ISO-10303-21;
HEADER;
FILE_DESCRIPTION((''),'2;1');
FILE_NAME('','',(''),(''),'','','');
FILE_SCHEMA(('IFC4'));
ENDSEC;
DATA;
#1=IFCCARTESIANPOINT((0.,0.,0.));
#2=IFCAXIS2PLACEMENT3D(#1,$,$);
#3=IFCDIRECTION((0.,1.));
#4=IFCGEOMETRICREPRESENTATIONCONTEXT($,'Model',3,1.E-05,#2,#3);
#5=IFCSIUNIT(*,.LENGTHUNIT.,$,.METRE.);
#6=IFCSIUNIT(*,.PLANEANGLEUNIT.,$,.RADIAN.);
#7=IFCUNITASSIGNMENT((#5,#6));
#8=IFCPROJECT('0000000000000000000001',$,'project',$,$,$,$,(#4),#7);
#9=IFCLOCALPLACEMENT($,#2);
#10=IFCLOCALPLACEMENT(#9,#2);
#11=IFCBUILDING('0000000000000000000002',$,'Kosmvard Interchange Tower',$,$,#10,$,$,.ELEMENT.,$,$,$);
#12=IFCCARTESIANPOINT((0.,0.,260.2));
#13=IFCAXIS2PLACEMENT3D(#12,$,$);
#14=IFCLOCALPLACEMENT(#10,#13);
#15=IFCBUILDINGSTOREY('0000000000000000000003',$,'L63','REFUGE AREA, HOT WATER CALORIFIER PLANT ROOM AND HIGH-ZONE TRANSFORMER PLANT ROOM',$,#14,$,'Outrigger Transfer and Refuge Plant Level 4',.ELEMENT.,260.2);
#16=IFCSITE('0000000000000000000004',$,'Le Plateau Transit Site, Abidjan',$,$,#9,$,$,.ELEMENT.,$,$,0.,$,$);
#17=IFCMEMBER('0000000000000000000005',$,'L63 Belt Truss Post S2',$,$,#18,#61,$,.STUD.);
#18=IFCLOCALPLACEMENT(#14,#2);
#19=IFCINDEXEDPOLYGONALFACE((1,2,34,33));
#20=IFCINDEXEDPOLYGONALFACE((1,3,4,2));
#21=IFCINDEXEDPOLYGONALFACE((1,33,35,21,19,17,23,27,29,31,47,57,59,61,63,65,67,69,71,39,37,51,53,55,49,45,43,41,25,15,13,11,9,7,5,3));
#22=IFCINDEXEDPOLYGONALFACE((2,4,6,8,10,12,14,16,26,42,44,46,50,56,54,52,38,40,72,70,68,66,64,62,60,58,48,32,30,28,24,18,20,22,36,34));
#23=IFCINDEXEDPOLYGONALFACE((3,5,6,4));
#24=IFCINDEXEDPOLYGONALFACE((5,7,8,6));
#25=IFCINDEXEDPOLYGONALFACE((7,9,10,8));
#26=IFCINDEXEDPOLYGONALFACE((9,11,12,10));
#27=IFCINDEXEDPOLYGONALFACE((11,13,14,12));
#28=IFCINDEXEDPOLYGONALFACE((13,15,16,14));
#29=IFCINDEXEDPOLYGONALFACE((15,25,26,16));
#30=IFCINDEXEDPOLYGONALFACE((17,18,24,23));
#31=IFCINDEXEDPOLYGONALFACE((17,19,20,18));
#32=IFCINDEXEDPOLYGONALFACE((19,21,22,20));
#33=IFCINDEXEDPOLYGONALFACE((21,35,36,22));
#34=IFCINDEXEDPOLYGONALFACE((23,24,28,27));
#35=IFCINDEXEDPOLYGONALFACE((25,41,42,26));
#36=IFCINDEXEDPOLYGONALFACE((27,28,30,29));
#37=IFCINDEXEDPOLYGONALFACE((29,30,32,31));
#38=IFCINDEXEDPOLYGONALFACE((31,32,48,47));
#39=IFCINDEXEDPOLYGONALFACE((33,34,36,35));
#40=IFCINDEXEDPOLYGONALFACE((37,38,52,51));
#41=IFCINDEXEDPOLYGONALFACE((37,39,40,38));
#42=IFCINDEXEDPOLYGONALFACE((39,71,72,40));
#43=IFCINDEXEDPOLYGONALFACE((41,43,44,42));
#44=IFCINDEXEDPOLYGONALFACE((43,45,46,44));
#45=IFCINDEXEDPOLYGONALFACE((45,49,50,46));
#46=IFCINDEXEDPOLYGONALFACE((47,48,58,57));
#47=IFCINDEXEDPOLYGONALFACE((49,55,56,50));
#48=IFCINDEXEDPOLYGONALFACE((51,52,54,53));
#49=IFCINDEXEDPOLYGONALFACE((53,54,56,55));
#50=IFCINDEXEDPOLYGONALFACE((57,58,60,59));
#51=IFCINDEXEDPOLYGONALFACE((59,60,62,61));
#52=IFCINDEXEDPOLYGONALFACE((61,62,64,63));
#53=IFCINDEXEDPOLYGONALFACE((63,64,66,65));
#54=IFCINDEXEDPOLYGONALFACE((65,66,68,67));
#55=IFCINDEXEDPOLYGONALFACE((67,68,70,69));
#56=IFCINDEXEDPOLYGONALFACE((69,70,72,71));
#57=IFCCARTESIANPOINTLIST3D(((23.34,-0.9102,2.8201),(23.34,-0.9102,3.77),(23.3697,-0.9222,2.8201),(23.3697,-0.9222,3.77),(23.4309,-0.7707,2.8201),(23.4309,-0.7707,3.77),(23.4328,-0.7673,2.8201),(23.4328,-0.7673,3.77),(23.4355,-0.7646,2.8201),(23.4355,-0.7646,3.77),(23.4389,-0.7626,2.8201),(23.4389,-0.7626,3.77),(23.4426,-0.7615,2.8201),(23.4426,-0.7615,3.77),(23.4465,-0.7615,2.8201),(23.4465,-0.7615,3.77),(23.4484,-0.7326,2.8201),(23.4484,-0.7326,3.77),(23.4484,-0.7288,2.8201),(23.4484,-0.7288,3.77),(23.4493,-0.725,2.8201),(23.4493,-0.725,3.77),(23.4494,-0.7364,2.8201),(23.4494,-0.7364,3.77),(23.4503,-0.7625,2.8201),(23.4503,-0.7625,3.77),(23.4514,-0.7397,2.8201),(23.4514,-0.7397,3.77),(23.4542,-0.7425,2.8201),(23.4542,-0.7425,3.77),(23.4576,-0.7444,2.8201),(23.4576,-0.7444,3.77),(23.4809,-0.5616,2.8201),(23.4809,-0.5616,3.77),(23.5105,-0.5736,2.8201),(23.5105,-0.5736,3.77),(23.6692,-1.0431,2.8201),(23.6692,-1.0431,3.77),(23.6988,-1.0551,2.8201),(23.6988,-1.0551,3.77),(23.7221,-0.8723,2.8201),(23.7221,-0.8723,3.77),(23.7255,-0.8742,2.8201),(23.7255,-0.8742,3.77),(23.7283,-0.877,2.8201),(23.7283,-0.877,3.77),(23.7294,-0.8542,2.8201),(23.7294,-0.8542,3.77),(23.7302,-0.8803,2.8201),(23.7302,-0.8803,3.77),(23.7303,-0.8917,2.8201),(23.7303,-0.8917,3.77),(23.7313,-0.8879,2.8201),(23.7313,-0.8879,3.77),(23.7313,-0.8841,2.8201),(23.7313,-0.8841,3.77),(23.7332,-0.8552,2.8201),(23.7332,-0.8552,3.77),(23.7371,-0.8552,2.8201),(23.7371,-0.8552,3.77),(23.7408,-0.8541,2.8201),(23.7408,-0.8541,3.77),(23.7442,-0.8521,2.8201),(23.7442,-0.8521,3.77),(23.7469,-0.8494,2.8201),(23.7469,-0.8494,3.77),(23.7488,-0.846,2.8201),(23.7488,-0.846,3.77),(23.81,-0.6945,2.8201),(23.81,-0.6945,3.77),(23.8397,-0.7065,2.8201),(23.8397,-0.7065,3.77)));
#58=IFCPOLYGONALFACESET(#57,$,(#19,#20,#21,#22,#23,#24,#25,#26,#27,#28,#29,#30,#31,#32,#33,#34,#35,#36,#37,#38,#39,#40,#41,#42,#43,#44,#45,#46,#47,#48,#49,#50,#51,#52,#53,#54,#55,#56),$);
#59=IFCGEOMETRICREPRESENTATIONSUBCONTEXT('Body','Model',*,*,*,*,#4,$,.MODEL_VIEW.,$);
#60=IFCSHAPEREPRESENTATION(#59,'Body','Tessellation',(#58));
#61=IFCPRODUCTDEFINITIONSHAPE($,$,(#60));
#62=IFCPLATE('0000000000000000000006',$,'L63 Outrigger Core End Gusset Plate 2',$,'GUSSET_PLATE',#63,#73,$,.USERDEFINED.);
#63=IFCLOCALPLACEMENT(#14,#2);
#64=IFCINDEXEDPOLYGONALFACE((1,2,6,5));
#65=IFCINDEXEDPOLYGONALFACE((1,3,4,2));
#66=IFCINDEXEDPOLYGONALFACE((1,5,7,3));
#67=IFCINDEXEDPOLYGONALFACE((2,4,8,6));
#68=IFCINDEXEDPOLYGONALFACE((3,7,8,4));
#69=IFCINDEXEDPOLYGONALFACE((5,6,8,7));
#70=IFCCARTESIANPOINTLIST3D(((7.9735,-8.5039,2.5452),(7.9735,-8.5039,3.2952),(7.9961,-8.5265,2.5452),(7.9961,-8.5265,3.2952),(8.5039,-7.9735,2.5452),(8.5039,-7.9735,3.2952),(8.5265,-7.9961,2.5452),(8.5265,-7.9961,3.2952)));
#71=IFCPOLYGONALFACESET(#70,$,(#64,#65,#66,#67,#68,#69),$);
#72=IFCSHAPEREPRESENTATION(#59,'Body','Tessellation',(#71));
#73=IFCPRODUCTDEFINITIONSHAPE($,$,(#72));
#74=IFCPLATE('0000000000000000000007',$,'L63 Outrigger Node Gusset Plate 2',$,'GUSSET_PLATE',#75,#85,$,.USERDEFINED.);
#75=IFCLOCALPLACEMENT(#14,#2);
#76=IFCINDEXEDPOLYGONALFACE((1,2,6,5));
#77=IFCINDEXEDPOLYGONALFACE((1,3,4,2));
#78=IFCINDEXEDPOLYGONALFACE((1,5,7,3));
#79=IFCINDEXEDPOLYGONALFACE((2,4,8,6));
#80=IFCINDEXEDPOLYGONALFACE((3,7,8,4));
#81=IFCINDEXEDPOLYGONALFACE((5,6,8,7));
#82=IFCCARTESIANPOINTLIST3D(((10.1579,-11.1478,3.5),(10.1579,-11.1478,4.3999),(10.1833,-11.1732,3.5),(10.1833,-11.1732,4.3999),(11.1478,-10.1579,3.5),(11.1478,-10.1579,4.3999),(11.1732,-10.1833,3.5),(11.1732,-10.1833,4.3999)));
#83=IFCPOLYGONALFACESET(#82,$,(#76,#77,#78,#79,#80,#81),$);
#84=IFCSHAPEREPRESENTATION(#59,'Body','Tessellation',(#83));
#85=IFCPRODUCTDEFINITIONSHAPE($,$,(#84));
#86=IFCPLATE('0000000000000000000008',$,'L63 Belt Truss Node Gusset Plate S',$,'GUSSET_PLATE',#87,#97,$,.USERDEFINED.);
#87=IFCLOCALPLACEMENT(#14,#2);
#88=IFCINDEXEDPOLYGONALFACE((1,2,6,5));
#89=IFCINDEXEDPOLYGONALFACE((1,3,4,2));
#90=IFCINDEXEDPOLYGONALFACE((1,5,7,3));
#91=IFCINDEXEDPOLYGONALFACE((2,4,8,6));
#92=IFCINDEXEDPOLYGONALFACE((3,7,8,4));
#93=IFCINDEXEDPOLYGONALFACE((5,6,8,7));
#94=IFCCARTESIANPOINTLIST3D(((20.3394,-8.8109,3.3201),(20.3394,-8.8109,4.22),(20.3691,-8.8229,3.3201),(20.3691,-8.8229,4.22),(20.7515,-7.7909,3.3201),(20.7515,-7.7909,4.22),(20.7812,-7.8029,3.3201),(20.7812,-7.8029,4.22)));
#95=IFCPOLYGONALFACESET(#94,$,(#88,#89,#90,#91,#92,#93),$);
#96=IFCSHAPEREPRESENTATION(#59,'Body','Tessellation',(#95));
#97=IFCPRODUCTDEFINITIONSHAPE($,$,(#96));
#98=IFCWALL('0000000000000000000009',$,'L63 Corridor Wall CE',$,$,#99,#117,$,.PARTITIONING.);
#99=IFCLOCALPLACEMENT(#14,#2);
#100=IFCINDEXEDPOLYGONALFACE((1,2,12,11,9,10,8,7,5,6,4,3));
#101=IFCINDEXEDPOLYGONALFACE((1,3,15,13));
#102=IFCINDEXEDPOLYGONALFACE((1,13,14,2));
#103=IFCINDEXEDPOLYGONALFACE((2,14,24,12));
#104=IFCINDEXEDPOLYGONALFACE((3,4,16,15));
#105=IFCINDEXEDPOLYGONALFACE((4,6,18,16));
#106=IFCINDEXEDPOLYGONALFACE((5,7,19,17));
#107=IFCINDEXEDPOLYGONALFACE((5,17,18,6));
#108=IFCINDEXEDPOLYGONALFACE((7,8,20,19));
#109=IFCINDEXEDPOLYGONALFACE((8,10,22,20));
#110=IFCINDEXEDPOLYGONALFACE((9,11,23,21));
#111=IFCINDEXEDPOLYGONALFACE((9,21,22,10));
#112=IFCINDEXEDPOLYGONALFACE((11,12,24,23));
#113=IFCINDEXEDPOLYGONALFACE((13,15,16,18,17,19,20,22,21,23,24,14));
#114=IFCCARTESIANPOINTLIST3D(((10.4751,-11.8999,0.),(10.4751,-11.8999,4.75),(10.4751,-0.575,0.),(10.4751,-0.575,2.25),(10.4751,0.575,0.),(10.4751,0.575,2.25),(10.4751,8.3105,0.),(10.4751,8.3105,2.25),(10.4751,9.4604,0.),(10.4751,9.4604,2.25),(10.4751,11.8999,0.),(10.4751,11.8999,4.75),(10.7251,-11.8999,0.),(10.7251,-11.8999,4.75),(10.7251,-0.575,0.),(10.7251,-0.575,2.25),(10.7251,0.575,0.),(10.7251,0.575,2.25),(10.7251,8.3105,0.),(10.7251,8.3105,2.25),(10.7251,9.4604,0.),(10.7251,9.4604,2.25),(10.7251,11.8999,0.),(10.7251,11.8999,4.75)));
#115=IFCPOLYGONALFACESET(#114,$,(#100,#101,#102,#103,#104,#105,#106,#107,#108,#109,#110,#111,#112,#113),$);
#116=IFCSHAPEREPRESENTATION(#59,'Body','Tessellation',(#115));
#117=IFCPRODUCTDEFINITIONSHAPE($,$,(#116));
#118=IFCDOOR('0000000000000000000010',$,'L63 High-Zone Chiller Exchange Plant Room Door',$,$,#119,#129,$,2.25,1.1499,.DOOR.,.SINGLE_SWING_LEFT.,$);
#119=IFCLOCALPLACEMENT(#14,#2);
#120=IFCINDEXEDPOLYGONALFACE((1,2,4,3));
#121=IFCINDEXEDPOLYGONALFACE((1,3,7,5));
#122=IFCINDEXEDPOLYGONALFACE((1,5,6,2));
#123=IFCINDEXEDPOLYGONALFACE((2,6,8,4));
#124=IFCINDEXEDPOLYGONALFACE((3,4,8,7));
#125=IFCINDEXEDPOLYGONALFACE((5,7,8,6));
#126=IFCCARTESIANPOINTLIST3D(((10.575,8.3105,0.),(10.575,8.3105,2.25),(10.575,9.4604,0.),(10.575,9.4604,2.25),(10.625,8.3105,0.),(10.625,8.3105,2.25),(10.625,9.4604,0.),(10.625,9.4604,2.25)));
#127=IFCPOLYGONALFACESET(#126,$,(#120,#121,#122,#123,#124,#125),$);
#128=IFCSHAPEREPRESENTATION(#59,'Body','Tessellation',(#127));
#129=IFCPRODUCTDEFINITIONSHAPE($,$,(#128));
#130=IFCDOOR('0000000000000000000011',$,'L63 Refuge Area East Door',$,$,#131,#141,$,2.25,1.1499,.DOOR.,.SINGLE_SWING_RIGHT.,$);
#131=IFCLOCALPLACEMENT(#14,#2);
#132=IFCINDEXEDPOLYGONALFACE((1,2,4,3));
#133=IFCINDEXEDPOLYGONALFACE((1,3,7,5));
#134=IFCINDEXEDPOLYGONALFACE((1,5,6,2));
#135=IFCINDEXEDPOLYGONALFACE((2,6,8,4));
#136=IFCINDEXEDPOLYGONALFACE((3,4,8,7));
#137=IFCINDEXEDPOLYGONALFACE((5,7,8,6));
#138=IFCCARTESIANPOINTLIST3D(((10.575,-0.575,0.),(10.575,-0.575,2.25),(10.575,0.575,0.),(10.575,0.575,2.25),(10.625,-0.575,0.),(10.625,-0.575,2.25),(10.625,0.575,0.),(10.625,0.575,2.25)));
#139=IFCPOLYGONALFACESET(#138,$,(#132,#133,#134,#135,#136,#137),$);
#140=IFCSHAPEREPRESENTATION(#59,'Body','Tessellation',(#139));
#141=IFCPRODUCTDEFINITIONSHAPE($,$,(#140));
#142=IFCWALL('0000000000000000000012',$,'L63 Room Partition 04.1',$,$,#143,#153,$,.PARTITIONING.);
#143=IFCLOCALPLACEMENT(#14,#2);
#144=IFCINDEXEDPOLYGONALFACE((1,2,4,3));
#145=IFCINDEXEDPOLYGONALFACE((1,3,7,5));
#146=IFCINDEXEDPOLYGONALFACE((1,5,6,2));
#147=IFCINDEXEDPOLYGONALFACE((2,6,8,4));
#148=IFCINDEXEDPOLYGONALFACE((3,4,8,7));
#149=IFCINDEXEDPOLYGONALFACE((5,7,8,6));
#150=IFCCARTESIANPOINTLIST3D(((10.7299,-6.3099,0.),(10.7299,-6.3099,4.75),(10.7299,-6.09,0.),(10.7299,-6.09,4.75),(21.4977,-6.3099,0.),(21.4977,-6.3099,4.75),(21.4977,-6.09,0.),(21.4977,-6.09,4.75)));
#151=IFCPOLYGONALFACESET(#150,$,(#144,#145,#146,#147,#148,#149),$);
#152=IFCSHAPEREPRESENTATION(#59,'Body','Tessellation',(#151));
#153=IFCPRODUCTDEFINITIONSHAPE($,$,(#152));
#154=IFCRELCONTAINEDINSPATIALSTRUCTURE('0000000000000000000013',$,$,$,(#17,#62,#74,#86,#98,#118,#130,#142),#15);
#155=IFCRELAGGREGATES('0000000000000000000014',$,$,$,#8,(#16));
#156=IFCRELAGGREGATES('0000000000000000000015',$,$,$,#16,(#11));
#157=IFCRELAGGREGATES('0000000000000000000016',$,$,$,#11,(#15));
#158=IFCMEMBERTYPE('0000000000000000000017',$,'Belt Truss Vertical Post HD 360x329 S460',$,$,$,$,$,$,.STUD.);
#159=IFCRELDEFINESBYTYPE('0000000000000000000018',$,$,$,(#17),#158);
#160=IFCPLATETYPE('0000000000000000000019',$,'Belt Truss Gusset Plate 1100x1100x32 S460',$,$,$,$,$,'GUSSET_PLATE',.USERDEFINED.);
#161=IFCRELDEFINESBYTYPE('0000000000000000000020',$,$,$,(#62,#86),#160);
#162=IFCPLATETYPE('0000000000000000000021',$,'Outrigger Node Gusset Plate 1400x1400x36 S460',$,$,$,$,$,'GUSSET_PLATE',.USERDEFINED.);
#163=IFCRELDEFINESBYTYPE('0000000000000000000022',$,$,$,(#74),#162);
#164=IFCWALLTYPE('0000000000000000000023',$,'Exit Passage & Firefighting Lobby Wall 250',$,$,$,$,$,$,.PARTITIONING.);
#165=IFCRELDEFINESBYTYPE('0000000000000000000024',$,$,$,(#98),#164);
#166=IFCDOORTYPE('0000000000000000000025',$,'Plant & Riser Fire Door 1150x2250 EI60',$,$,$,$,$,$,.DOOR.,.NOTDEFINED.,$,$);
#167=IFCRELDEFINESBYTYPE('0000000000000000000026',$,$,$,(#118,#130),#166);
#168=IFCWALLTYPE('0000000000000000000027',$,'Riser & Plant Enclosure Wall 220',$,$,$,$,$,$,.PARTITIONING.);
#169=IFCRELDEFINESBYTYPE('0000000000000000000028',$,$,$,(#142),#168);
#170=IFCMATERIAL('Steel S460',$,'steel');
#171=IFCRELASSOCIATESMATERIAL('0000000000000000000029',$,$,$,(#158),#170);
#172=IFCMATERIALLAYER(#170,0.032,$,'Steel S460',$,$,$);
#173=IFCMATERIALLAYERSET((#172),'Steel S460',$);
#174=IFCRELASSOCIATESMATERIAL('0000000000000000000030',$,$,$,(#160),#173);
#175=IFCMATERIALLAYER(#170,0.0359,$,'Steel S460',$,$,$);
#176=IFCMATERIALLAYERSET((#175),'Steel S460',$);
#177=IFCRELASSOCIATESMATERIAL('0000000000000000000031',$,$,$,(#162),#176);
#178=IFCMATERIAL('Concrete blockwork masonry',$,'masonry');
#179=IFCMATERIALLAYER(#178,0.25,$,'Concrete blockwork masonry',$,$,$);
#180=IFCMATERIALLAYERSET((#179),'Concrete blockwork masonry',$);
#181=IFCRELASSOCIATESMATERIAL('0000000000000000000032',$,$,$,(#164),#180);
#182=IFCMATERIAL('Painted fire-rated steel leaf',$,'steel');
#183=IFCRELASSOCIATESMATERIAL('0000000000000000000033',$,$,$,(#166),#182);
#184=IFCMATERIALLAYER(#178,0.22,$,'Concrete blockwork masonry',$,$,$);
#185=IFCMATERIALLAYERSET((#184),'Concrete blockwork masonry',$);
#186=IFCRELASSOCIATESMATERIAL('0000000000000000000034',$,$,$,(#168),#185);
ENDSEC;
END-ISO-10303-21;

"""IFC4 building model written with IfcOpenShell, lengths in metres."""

from ifc_helpers import new_model, si_unit, direction, frame, frame_2d, origin, origin_2d, place, context, subcontext, project, spatial, rectangle, i_section, extrude, source, transform, mapped, material, layer, layer_set, material_profile, profile_set, type_object, element, fill, save


model = new_model("IFC4")

# Units and contexts
model_context = context("Model", 3, precision=1e-05, world=origin(), true_north=direction((0.0, 1.0)))
body_context = subcontext(model_context, "Body", "Model", "MODEL_VIEW")
ifc_project = project(units=[si_unit("LENGTHUNIT", "METRE"), si_unit("PLANEANGLEUNIT", "RADIAN")], contexts=[model_context])

# Site, building, storey
site_placement = place(None, origin())
site = spatial("IfcSite", under=ifc_project, at=site_placement, Name="Le Plateau Transit Site, Abidjan", CompositionType="ELEMENT", RefElevation=0.0)
building_placement = place(site_placement, origin())
building = spatial("IfcBuilding", under=site, at=building_placement, Name="Kosmvard Interchange Tower", CompositionType="ELEMENT")
storey_placement = place(building_placement, frame((0.0, 0.0, 260.2)))
storey = spatial("IfcBuildingStorey", under=building, at=storey_placement, Name="L63", Description="REFUGE AREA, HOT WATER CALORIFIER PLANT ROOM AND HIGH-ZONE TRANSFORMER PLANT ROOM", LongName="Outrigger Transfer and Refuge Plant Level 4", CompositionType="ELEMENT", Elevation=260.2)

# Shared definitions
ifc_material_1 = material(Name="Steel S460", Category="steel")

# Member
ifc_material_profile_1 = material_profile(ifc_material_1, i_section(OverallWidth=0.376, OverallDepth=0.387, WebThickness=0.0195, FlangeThickness=0.032, FilletRadius=0.0149, at=origin_2d()), Name="HD 360x329")
ifc_profile_set_1 = profile_set([ifc_material_profile_1], Name="Steel S460")
member_type_1 = type_object("IfcMemberType", Name="Belt Truss Vertical Post HD 360x329 S460", PredefinedType="STUD", material=ifc_profile_set_1)
shared_shape_1 = source(origin(), body_context, "Body", "SweptSolid", [
    extrude(i_section(OverallWidth=0.376, OverallDepth=0.387, WebThickness=0.0195, FlangeThickness=0.032, FilletRadius=0.0149, at=origin_2d()), origin(), (0.0, 0.0, 1.0), 0.95),
])
member_1_placement = place(storey_placement, frame((23.5898, -0.8083, 2.8201), z_axis=(0.0, 0.0, 1.0), x_axis=(0.374607, 0.927184, 0.0)))
element("IfcMember", 1, at=member_1_placement, inside=storey, type_object=member_type_1, Name="L63 Belt Truss Post S2", PredefinedType="STUD", context=body_context, shape_type="MappedRepresentation", body=[
    mapped(shared_shape_1, transform((0.0, 0.0, 0.0), scale=1.0)),
])

# Plates
ifc_layer_1 = layer(ifc_material_1, 0.032, Name="Steel S460")
ifc_layer_set_1 = layer_set([ifc_layer_1], Name="Steel S460")
plate_type_1 = type_object("IfcPlateType", Name="Belt Truss Gusset Plate 1100x1100x32 S460", ElementType="GUSSET_PLATE", PredefinedType="USERDEFINED", material=ifc_layer_set_1)
shared_shape_2 = source(origin(), body_context, "Body", "SweptSolid", [
    extrude(rectangle(XDim=0.75, YDim=0.032, at=origin_2d()), origin(), (0.0, 0.0, 1.0), 0.75),
])
plate_1_placement = place(storey_placement, frame((8.25, -8.25, 2.5452), z_axis=(0.0, 0.0, 1.0), x_axis=(0.707107, 0.707107, 0.0)))
element("IfcPlate", 2, at=plate_1_placement, inside=storey, type_object=plate_type_1, Name="L63 Outrigger Core End Gusset Plate 2", ObjectType="GUSSET_PLATE", PredefinedType="USERDEFINED", context=body_context, shape_type="MappedRepresentation", body=[
    mapped(shared_shape_2, transform((0.0, 0.0, 0.0), scale=1.0)),
])
ifc_layer_2 = layer(ifc_material_1, 0.0359, Name="Steel S460")
ifc_layer_set_2 = layer_set([ifc_layer_2], Name="Steel S460")
plate_type_2 = type_object("IfcPlateType", Name="Outrigger Node Gusset Plate 1400x1400x36 S460", ElementType="GUSSET_PLATE", PredefinedType="USERDEFINED", material=ifc_layer_set_2)
shared_shape_3 = source(origin(), body_context, "Body", "SweptSolid", [
    extrude(rectangle(XDim=1.3999, YDim=0.0359, at=origin_2d()), origin(), (0.0, 0.0, 1.0), 0.8999),
])
plate_2_placement = place(storey_placement, frame((10.6655, -10.6655, 3.5), z_axis=(0.0, 0.0, 1.0), x_axis=(0.707107, 0.707107, 0.0)))
element("IfcPlate", 3, at=plate_2_placement, inside=storey, type_object=plate_type_2, Name="L63 Outrigger Node Gusset Plate 2", ObjectType="GUSSET_PLATE", PredefinedType="USERDEFINED", context=body_context, shape_type="MappedRepresentation", body=[
    mapped(shared_shape_3, transform((0.0, 0.0, 0.0), scale=1.0)),
])
shared_shape_4 = source(origin(), body_context, "Body", "SweptSolid", [
    extrude(rectangle(XDim=1.1001, YDim=0.032, at=origin_2d()), origin(), (0.0, 0.0, 1.0), 0.8999),
])
plate_3_placement = place(storey_placement, frame((20.5603, -8.3069, 3.3201), z_axis=(0.0, 0.0, 1.0), x_axis=(0.374607, 0.927184, 0.0)))
element("IfcPlate", 4, at=plate_3_placement, inside=storey, type_object=plate_type_1, Name="L63 Belt Truss Node Gusset Plate S", ObjectType="GUSSET_PLATE", PredefinedType="USERDEFINED", context=body_context, shape_type="MappedRepresentation", body=[
    mapped(shared_shape_4, transform((0.0, 0.0, 0.0), scale=1.0)),
])

# Wall, openings, doors
ifc_material_2 = material(Name="Concrete blockwork masonry", Category="masonry")
ifc_layer_3 = layer(ifc_material_2, 0.25, Name="Concrete blockwork masonry")
ifc_layer_set_3 = layer_set([ifc_layer_3], Name="Concrete blockwork masonry")
wall_type_1 = type_object("IfcWallType", Name="Exit Passage & Firefighting Lobby Wall 250", PredefinedType="PARTITIONING", material=ifc_layer_set_3)
wall_1_placement = place(storey_placement, frame((10.6001, -11.8999, 0.0), z_axis=(0.0, 0.0, 1.0), x_axis=(0.0, 1.0, 0.0)))
wall_1 = element("IfcWall", 5, at=wall_1_placement, inside=storey, type_object=wall_type_1, Name="L63 Corridor Wall CE", PredefinedType="PARTITIONING", context=body_context, shape_type="SweptSolid", body=[
    extrude(rectangle(XDim=23.7998, YDim=0.25, at=frame_2d((11.8999, 0.0))), origin(), (0.0, 0.0, 1.0), 4.75),
])
opening_1_placement = place(wall_1_placement, frame((20.2104, 0.0, 0.0)))
opening_1 = element("IfcOpeningElement", 6, at=opening_1_placement, cuts=wall_1, PredefinedType="OPENING", context=body_context, shape_type="SweptSolid", body=[
    extrude(rectangle(XDim=1.1499, YDim=2.25, at=frame_2d((0.575, 1.125))), frame((0.0, 0.135, 0.0), z_axis=(0.0, -1.0, 0.0), x_axis=(1.0, 0.0, 0.0)), (0.0, 0.0, 1.0), 0.27),
])
opening_2_placement = place(wall_1_placement, frame((11.325, 0.0, 0.0)))
opening_2 = element("IfcOpeningElement", 7, at=opening_2_placement, cuts=wall_1, PredefinedType="OPENING", context=body_context, shape_type="SweptSolid", body=[
    extrude(rectangle(XDim=1.1499, YDim=2.25, at=frame_2d((0.575, 1.125))), frame((0.0, 0.135, 0.0), z_axis=(0.0, -1.0, 0.0), x_axis=(1.0, 0.0, 0.0)), (0.0, 0.0, 1.0), 0.27),
])
ifc_material_3 = material(Name="Painted fire-rated steel leaf", Category="steel")
door_type_1 = type_object("IfcDoorType", Name="Plant & Riser Fire Door 1150x2250 EI60", OperationType="NOTDEFINED", PredefinedType="DOOR", material=ifc_material_3)
shared_shape_5 = source(origin(), body_context, "Body", "SweptSolid", [
    extrude(rectangle(XDim=1.1499, YDim=2.25, at=frame_2d((0.575, 1.125))), frame((0.0, 0.0249, 0.0), z_axis=(0.0, -1.0, 0.0), x_axis=(1.0, 0.0, 0.0)), (0.0, 0.0, 1.0), 0.05),
])
door_1_placement = place(opening_1_placement, frame((1.1499, 0.0, 0.0), z_axis=(0.0, 0.0, 1.0), x_axis=(-1.0, 0.0, 0.0)))
door_1 = element("IfcDoor", 8, at=door_1_placement, inside=storey, type_object=door_type_1, Name="L63 High-Zone Chiller Exchange Plant Room Door", OperationType="SINGLE_SWING_LEFT", OverallHeight=2.25, OverallWidth=1.1499, PredefinedType="DOOR", context=body_context, shape_type="MappedRepresentation", body=[
    mapped(shared_shape_5, transform((0.0, 0.0, 0.0), scale=1.0)),
])
fill(opening_1, door_1)
door_2_placement = place(opening_2_placement, frame((1.1499, 0.0, 0.0), z_axis=(0.0, 0.0, 1.0), x_axis=(-1.0, 0.0, 0.0)))
door_2 = element("IfcDoor", 9, at=door_2_placement, inside=storey, type_object=door_type_1, Name="L63 Refuge Area East Door", OperationType="SINGLE_SWING_RIGHT", OverallHeight=2.25, OverallWidth=1.1499, PredefinedType="DOOR", context=body_context, shape_type="MappedRepresentation", body=[
    mapped(shared_shape_5, transform((0.0, 0.0, 0.0), scale=1.0)),
])
fill(opening_2, door_2)

# Wall
ifc_layer_4 = layer(ifc_material_2, 0.22, Name="Concrete blockwork masonry")
ifc_layer_set_4 = layer_set([ifc_layer_4], Name="Concrete blockwork masonry")
wall_type_2 = type_object("IfcWallType", Name="Riser & Plant Enclosure Wall 220", PredefinedType="PARTITIONING", material=ifc_layer_set_4)
wall_2_placement = place(storey_placement, frame((10.73, -6.2, 0.0), z_axis=(0.0, 0.0, 1.0), x_axis=(1.0, 0.0, 0.0)))
element("IfcWall", 10, at=wall_2_placement, inside=storey, type_object=wall_type_2, Name="L63 Room Partition 04.1", PredefinedType="PARTITIONING", context=body_context, shape_type="SweptSolid", body=[
    extrude(rectangle(XDim=10.7678, YDim=0.22, at=frame_2d((5.3838, 0.0))), origin(), (0.0, 0.0, 1.0), 4.75),
])

save(model, "model.ifc")
